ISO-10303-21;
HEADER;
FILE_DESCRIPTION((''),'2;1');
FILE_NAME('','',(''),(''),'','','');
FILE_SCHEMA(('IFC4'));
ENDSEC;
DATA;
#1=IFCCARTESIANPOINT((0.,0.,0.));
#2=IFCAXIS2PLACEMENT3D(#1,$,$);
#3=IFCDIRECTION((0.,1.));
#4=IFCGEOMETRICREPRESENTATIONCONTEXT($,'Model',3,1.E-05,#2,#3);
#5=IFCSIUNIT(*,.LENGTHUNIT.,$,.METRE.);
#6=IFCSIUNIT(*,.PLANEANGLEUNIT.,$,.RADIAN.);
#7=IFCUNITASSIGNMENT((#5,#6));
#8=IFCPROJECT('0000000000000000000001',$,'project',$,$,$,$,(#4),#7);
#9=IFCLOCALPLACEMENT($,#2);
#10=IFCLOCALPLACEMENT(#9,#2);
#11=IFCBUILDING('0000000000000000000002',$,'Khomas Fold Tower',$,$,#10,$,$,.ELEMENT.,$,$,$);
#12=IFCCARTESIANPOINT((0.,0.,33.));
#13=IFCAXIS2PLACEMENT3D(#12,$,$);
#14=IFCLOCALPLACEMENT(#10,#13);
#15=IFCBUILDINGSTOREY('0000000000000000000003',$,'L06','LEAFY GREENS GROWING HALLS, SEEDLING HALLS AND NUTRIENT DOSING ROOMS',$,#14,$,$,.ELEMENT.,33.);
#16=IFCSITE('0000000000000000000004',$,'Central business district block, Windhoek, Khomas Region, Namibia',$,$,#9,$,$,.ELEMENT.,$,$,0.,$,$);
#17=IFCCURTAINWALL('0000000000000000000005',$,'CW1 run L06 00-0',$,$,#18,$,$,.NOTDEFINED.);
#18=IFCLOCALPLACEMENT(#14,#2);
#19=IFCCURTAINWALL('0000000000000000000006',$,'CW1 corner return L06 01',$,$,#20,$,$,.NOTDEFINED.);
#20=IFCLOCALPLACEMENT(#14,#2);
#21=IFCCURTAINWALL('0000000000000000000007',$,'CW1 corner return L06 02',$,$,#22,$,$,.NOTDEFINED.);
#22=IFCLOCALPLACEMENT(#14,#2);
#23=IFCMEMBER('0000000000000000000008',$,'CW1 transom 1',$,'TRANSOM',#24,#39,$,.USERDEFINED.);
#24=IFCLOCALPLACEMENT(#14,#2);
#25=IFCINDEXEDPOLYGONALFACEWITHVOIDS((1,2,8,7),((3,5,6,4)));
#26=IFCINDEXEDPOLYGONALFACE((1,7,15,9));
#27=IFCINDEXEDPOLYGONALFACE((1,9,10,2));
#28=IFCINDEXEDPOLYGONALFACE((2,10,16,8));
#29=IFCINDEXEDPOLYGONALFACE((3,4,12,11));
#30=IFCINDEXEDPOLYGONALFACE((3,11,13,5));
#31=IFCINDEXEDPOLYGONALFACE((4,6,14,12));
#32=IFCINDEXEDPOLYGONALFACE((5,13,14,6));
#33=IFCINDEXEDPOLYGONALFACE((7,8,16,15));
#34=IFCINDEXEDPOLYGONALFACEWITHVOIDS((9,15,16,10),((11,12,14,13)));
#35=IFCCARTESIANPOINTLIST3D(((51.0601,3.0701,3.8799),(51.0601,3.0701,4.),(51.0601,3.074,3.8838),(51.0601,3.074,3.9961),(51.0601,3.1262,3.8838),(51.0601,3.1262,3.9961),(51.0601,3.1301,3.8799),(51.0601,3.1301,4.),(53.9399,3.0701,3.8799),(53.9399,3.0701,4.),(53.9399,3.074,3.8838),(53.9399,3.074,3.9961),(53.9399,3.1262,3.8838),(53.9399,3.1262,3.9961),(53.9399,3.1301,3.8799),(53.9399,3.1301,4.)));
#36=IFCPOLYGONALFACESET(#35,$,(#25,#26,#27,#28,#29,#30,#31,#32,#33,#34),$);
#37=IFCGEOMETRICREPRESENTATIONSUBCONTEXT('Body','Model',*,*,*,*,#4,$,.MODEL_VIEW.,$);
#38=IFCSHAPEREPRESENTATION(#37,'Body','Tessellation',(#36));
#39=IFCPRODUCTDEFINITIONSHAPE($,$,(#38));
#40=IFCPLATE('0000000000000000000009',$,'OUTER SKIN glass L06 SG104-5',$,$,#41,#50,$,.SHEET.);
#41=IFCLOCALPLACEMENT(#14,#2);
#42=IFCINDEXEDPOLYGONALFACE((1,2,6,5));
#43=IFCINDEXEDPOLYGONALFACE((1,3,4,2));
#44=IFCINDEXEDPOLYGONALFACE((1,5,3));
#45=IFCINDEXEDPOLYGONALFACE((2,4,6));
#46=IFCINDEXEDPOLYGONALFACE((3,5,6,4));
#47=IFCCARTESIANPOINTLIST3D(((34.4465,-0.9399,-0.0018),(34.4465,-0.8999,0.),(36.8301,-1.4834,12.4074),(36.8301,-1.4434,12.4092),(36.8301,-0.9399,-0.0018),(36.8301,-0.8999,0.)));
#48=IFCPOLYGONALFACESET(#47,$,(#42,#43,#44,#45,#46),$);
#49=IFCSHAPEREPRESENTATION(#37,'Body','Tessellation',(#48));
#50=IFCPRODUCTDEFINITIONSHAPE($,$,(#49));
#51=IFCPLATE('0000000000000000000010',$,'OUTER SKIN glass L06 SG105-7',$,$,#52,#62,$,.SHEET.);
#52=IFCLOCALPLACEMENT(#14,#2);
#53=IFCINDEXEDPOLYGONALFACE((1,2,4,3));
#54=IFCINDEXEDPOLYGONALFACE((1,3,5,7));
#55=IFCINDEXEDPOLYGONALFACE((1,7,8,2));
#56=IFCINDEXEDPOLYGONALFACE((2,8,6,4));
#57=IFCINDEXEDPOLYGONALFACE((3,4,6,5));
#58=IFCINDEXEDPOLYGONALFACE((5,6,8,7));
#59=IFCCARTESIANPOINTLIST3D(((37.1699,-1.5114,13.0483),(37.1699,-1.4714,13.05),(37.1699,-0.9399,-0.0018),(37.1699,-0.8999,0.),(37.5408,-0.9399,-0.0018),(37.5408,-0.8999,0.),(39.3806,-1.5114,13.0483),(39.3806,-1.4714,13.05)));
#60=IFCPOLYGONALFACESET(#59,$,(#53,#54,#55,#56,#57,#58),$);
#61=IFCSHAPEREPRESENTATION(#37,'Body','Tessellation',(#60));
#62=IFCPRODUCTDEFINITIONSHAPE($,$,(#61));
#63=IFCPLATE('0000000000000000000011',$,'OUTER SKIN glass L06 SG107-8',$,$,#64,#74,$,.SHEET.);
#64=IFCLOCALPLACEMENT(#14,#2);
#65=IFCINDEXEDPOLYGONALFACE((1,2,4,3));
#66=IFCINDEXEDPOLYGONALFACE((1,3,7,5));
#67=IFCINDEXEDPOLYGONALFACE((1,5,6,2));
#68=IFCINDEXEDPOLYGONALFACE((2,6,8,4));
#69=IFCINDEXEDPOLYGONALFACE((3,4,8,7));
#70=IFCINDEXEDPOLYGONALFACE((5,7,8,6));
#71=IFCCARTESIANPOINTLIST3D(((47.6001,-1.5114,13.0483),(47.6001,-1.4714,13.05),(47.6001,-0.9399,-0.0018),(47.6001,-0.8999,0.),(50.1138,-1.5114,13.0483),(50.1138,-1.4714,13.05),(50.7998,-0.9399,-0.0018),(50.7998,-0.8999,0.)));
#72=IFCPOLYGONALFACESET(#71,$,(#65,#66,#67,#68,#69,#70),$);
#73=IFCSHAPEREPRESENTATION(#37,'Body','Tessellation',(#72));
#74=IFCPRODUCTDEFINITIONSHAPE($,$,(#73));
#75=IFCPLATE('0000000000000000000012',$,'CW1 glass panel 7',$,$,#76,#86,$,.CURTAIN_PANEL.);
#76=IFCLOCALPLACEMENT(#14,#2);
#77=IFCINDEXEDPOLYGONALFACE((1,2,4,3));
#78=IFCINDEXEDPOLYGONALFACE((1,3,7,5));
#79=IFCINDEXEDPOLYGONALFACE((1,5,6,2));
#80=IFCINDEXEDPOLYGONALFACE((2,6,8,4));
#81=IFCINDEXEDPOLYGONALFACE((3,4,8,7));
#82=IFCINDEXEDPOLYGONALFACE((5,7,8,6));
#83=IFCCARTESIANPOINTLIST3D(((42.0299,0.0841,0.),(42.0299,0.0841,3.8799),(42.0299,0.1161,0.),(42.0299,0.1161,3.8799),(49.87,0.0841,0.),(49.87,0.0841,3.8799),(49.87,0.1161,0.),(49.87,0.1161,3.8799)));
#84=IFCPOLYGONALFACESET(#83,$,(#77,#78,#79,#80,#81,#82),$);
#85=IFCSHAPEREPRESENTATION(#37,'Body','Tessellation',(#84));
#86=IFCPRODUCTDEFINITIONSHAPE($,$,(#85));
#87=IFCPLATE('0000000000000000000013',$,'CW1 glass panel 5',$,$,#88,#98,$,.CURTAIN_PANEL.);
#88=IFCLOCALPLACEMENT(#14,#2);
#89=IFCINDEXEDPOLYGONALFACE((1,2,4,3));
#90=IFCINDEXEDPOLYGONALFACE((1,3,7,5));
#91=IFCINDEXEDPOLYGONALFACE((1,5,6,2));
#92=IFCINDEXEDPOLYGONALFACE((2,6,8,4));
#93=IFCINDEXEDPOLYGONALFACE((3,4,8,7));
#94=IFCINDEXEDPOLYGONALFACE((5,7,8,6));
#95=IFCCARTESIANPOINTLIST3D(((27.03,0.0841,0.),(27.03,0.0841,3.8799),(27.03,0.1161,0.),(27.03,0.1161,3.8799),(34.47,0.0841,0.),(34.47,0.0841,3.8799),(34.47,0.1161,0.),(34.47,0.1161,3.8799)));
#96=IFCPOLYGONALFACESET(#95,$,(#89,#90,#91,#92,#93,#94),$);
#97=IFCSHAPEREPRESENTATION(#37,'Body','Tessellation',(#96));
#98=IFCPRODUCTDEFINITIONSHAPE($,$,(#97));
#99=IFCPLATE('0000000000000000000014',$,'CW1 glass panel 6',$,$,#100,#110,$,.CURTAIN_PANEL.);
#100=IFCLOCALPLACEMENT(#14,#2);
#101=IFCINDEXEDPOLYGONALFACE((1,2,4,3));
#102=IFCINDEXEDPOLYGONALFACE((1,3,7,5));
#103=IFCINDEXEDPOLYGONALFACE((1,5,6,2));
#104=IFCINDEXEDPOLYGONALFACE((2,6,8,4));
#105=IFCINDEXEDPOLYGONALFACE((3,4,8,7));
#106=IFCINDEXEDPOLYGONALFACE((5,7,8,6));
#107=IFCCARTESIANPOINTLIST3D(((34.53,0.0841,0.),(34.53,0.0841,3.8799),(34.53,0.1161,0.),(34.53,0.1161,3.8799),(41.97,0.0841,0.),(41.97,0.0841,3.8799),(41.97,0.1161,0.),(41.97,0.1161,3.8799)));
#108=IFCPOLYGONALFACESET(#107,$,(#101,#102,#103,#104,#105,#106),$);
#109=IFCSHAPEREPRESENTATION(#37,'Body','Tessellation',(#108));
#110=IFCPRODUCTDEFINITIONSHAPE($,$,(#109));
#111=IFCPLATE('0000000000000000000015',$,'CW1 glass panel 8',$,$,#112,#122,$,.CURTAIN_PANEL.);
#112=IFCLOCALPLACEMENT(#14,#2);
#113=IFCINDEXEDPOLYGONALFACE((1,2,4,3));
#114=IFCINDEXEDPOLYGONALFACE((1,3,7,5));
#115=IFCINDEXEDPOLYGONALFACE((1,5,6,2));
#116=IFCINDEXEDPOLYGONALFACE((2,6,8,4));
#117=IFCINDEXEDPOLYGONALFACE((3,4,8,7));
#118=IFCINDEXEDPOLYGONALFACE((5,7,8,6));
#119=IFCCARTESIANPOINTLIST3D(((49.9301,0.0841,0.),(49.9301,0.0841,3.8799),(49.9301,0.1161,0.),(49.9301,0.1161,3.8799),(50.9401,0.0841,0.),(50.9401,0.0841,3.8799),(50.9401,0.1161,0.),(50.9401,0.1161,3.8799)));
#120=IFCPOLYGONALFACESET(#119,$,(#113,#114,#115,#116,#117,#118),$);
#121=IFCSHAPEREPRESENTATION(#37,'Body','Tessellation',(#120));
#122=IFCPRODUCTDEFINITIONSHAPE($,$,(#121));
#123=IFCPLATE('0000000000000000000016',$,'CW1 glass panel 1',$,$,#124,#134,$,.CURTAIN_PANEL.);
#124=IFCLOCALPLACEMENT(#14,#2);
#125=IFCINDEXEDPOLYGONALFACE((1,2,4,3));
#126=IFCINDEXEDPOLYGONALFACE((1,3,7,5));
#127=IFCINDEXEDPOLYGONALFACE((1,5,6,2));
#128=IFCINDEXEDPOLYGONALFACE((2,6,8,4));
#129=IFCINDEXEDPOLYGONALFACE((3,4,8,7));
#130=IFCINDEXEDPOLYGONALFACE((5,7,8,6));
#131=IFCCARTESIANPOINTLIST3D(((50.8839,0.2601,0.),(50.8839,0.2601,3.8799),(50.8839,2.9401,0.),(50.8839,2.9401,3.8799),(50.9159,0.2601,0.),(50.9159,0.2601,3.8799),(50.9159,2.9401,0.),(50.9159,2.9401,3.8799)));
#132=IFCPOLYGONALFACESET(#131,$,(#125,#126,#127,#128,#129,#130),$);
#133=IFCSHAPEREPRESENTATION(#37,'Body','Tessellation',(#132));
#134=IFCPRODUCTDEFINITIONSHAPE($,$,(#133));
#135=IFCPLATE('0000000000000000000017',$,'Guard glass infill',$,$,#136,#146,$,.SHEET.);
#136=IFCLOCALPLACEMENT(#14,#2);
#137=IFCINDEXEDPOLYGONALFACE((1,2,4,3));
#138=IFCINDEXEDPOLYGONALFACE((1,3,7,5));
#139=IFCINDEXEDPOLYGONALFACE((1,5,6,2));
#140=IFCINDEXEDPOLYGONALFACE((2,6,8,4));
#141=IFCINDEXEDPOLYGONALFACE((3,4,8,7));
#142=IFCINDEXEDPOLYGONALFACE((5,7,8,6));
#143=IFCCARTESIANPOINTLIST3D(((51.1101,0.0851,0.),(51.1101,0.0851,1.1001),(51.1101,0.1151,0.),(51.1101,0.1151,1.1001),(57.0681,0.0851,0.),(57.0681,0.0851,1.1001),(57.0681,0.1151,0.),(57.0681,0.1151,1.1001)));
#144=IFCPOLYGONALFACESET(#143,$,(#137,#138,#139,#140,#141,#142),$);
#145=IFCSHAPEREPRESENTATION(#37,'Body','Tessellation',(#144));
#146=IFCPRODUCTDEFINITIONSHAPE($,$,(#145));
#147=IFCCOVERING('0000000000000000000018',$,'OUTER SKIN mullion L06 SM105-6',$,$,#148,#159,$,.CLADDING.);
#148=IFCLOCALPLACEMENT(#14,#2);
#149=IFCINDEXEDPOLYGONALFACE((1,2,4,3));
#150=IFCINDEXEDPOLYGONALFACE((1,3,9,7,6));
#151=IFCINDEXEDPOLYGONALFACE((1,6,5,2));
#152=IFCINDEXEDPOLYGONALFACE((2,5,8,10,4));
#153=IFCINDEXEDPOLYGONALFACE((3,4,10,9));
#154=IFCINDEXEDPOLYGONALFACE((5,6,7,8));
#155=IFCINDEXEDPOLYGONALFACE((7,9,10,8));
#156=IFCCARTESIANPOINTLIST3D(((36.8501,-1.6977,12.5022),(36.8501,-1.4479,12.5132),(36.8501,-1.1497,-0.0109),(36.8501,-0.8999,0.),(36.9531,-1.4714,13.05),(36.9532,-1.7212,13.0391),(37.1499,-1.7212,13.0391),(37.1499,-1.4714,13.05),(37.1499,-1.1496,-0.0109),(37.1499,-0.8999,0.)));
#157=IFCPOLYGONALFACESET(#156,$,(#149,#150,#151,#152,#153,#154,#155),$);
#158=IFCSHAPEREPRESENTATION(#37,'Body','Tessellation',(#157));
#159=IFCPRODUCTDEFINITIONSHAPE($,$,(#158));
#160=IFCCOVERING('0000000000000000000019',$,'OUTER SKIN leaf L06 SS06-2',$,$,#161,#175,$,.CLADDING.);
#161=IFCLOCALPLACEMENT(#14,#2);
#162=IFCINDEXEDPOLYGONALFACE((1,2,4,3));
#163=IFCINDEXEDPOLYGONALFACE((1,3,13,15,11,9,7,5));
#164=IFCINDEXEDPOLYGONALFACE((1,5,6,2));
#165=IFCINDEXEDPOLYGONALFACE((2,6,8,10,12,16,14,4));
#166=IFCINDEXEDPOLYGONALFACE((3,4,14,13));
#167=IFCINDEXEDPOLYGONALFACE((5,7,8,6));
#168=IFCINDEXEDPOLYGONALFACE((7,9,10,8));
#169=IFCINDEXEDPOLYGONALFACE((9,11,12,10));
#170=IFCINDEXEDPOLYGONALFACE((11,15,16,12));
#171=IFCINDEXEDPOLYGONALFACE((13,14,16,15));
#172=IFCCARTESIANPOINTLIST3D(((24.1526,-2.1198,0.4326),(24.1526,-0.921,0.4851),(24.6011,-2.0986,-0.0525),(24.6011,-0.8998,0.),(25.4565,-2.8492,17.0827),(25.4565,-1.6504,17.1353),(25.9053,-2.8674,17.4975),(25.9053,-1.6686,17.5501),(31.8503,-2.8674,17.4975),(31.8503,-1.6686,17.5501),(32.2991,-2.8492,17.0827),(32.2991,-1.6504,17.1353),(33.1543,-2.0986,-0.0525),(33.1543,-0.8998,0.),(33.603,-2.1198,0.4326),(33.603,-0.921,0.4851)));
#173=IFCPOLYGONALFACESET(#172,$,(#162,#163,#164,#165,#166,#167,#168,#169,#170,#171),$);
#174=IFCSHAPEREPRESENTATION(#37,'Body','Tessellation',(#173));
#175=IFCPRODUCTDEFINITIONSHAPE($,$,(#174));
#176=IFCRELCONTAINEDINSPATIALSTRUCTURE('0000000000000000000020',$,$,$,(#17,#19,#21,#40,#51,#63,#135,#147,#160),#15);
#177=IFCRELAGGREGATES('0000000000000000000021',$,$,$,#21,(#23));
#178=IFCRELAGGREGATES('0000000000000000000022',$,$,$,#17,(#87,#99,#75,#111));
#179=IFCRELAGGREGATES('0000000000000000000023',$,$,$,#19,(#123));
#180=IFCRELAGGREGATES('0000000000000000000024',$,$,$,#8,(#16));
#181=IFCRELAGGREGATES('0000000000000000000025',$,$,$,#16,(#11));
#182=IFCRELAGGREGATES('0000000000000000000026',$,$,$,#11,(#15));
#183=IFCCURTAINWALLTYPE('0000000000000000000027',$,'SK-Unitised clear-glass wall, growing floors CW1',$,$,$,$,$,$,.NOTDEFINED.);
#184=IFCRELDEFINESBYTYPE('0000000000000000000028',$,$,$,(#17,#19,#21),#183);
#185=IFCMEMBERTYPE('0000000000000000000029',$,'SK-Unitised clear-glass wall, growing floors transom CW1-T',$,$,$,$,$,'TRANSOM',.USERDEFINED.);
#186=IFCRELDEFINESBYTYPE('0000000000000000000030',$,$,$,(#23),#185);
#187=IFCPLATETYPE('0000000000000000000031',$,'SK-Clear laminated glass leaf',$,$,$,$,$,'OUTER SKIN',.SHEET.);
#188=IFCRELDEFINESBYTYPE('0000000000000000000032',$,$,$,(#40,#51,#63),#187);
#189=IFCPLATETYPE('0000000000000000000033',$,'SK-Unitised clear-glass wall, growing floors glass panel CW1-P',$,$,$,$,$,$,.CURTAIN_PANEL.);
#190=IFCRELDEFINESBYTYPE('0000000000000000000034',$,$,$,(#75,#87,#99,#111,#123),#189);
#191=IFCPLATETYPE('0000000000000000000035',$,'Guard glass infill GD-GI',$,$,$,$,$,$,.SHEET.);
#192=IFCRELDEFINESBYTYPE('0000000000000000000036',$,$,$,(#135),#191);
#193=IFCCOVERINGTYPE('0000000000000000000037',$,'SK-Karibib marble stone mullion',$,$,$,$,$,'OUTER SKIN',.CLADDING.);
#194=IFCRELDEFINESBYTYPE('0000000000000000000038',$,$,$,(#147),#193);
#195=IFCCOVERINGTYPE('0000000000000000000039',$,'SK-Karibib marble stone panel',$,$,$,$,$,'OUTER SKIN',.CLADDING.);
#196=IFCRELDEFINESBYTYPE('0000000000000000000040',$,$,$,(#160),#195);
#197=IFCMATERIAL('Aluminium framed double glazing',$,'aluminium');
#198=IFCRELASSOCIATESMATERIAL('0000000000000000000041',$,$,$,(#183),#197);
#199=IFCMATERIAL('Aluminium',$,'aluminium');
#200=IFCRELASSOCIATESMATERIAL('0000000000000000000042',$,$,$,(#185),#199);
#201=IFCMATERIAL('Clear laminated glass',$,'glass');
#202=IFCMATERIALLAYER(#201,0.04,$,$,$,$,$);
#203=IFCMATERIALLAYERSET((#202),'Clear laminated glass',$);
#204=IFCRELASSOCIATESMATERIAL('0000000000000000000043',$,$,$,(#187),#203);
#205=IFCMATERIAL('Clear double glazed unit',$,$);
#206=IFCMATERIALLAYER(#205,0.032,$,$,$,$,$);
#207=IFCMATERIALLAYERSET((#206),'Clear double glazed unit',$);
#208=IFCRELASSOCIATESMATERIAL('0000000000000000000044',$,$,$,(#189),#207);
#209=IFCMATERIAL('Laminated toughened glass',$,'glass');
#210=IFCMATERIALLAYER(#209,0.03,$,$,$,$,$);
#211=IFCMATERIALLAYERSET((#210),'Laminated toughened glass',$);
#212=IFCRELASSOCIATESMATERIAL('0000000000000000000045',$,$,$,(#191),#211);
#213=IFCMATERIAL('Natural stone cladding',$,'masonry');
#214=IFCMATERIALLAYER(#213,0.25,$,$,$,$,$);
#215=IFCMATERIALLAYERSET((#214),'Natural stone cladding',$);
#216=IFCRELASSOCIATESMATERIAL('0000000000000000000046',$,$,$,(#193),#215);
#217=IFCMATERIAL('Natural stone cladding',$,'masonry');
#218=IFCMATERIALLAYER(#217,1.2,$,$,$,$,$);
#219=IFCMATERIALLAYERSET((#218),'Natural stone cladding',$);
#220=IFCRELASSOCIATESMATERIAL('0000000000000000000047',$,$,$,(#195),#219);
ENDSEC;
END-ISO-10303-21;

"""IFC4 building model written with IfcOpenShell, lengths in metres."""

from ifc_helpers import new_model, si_unit, direction, frame, origin, origin_2d, place, context, subcontext, project, spatial, polyline, rectangle, hollow_rectangle, outline, extrude, source, transform, mapped, material, layer, layer_set, material_profile, profile_set, type_object, element, aggregate, save


model = new_model("IFC4")

# Units and contexts
model_context = context("Model", 3, precision=1e-05, world=origin(), true_north=direction((0.0, 1.0)))
body_context = subcontext(model_context, "Body", "Model", "MODEL_VIEW")
ifc_project = project(units=[si_unit("LENGTHUNIT", "METRE"), si_unit("PLANEANGLEUNIT", "RADIAN")], contexts=[model_context])

# Site, building, storey
site_placement = place(None, origin())
site = spatial("IfcSite", under=ifc_project, at=site_placement, Name="Central business district block, Windhoek, Khomas Region, Namibia", CompositionType="ELEMENT", RefElevation=0.0)
building_placement = place(site_placement, origin())
building = spatial("IfcBuilding", under=site, at=building_placement, Name="Khomas Fold Tower", CompositionType="ELEMENT")
storey_placement = place(building_placement, frame((0.0, 0.0, 33.0)))
storey = spatial("IfcBuildingStorey", under=building, at=storey_placement, Name="L06", Description="LEAFY GREENS GROWING HALLS, SEEDLING HALLS AND NUTRIENT DOSING ROOMS", CompositionType="ELEMENT", Elevation=33.0)

# Curtain walls
ifc_material_1 = material(Name="Aluminium framed double glazing", Category="aluminium")
curtain_wall_type = type_object("IfcCurtainWallType", Name="SK-Unitised clear-glass wall, growing floors CW1", PredefinedType="NOTDEFINED", material=ifc_material_1)
curtain_wall_1_placement = place(storey_placement, origin())
curtain_wall_1 = element("IfcCurtainWall", 1, at=curtain_wall_1_placement, inside=storey, type_object=curtain_wall_type, Name="CW1 run L06 00-0", PredefinedType="NOTDEFINED")
curtain_wall_2_placement = place(storey_placement, origin())
curtain_wall_2 = element("IfcCurtainWall", 2, at=curtain_wall_2_placement, inside=storey, type_object=curtain_wall_type, Name="CW1 corner return L06 01", PredefinedType="NOTDEFINED")

# Curtain wall
curtain_wall_3_placement = place(storey_placement, origin())
curtain_wall_3 = element("IfcCurtainWall", 3, at=curtain_wall_3_placement, inside=storey, type_object=curtain_wall_type, Name="CW1 corner return L06 02", PredefinedType="NOTDEFINED")

# Member
ifc_material_2 = material(Name="Aluminium", Category="aluminium")
ifc_material_profile_1 = material_profile(ifc_material_2, hollow_rectangle(XDim=0.0601, YDim=0.1201, WallThickness=0.0039, at=origin_2d()), Name="SK-Unitised clear-glass wall, growing floors transom CW1-T")
ifc_profile_set_1 = profile_set([ifc_material_profile_1], Name="Aluminium")
member_type_1 = type_object("IfcMemberType", Name="SK-Unitised clear-glass wall, growing floors transom CW1-T", ElementType="TRANSOM", PredefinedType="USERDEFINED", material=ifc_profile_set_1)
shared_shape_1 = source(origin(), body_context, "Body", "SweptSolid", [
    extrude(hollow_rectangle(XDim=0.0601, YDim=0.1201, WallThickness=0.0039, at=origin_2d()), origin(), (0.0, 0.0, 1.0), 2.8799),
])
member_1_placement = place(storey_placement, frame((51.0601, 3.1001, 3.9399), z_axis=(1.0, 0.0, 0.0), x_axis=(0.0, 1.0, 0.0)))
member_1 = element("IfcMember", 4, at=member_1_placement, type_object=member_type_1, Name="CW1 transom 1", ObjectType="TRANSOM", PredefinedType="USERDEFINED", context=body_context, shape_type="MappedRepresentation", body=[
    mapped(shared_shape_1, transform((0.0, 0.0, 0.0))),
])
aggregate(curtain_wall_3, [member_1])

# Plates
ifc_material_3 = material(Name="Clear laminated glass", Category="glass")
ifc_layer_1 = layer(ifc_material_3, 0.04)
ifc_layer_set_1 = layer_set([ifc_layer_1], Name="Clear laminated glass")
plate_type_1 = type_object("IfcPlateType", Name="SK-Clear laminated glass leaf", ElementType="OUTER SKIN", PredefinedType="SHEET", material=ifc_layer_set_1)
plate_1_placement = place(storey_placement, frame((34.4465, -0.8999, 0.0), z_axis=(0.0, 0.999042, 0.043753), x_axis=(0.188457, -0.042969, 0.981141)))
element("IfcPlate", 5, at=plate_1_placement, inside=storey, type_object=plate_type_1, Name="OUTER SKIN glass L06 SG104-5", PredefinedType="SHEET", context=body_context, shape_type="SweptSolid", body=[
    extrude(outline(polyline([(0.0, 0.0), (12.6477, 0.0), (0.4492, 2.3408), (0.0, 0.0)])), origin(), (0.0, 0.0, -1.0), 0.04),
])
plate_2_placement = place(storey_placement, frame((37.5408, -0.8999, 0.0), z_axis=(0.0, 0.999042, 0.043754), x_axis=(-1.0, 0.0, 0.0)))
element("IfcPlate", 6, at=plate_2_placement, inside=storey, type_object=plate_type_1, Name="OUTER SKIN glass L06 SG105-7", PredefinedType="SHEET", context=body_context, shape_type="SweptSolid", body=[
    extrude(outline(polyline([(0.0, 0.0), (0.3708, 0.0), (0.3708, 13.0626), (-1.8398, 13.0626), (0.0, 0.0)])), origin(), (0.0, 0.0, -1.0), 0.04),
])
plate_3_placement = place(storey_placement, frame((50.7998, -0.8999, 0.0), z_axis=(0.0, 0.999042, 0.043754), x_axis=(-1.0, 0.0, 0.0)))
element("IfcPlate", 7, at=plate_3_placement, inside=storey, type_object=plate_type_1, Name="OUTER SKIN glass L06 SG107-8", PredefinedType="SHEET", context=body_context, shape_type="SweptSolid", body=[
    extrude(outline(polyline([(0.0, 0.0), (3.1997, 0.0), (3.1997, 13.0626), (0.686, 13.0626), (0.0, 0.0)])), origin(), (0.0, 0.0, -1.0), 0.04),
])

# Plates
ifc_material_4 = material(Name="Clear double glazed unit")
ifc_layer_2 = layer(ifc_material_4, 0.032)
ifc_layer_set_2 = layer_set([ifc_layer_2], Name="Clear double glazed unit")
plate_type_2 = type_object("IfcPlateType", Name="SK-Unitised clear-glass wall, growing floors glass panel CW1-P", PredefinedType="CURTAIN_PANEL", material=ifc_layer_set_2)
shared_shape_2 = source(origin(), body_context, "Body", "SweptSolid", [
    extrude(rectangle(XDim=7.8401, YDim=0.032, at=origin_2d()), origin(), (0.0, 0.0, 1.0), 3.8799),
])
plate_4_placement = place(storey_placement, frame((45.95, 0.1001, 0.0), z_axis=(0.0, 0.0, 1.0), x_axis=(1.0, 0.0, 0.0)))
plate_4 = element("IfcPlate", 8, at=plate_4_placement, type_object=plate_type_2, Name="CW1 glass panel 7", PredefinedType="CURTAIN_PANEL", context=body_context, shape_type="MappedRepresentation", body=[
    mapped(shared_shape_2, transform((0.0, 0.0, 0.0))),
])
shared_shape_3 = source(origin(), body_context, "Body", "SweptSolid", [
    extrude(rectangle(XDim=7.4399, YDim=0.032, at=origin_2d()), origin(), (0.0, 0.0, 1.0), 3.8799),
])
plate_5_placement = place(storey_placement, frame((30.75, 0.1001, 0.0), z_axis=(0.0, 0.0, 1.0), x_axis=(1.0, 0.0, 0.0)))
plate_5 = element("IfcPlate", 9, at=plate_5_placement, type_object=plate_type_2, Name="CW1 glass panel 5", PredefinedType="CURTAIN_PANEL", context=body_context, shape_type="MappedRepresentation", body=[
    mapped(shared_shape_3, transform((0.0, 0.0, 0.0))),
])
plate_6_placement = place(storey_placement, frame((38.25, 0.1001, 0.0), z_axis=(0.0, 0.0, 1.0), x_axis=(1.0, 0.0, 0.0)))
plate_6 = element("IfcPlate", 10, at=plate_6_placement, type_object=plate_type_2, Name="CW1 glass panel 6", PredefinedType="CURTAIN_PANEL", context=body_context, shape_type="MappedRepresentation", body=[
    mapped(shared_shape_3, transform((0.0, 0.0, 0.0))),
])
shared_shape_4 = source(origin(), body_context, "Body", "SweptSolid", [
    extrude(rectangle(XDim=1.01, YDim=0.032, at=origin_2d()), origin(), (0.0, 0.0, 1.0), 3.8799),
])
plate_7_placement = place(storey_placement, frame((50.4351, 0.1001, 0.0), z_axis=(0.0, 0.0, 1.0), x_axis=(1.0, 0.0, 0.0)))
plate_7 = element("IfcPlate", 11, at=plate_7_placement, type_object=plate_type_2, Name="CW1 glass panel 8", PredefinedType="CURTAIN_PANEL", context=body_context, shape_type="MappedRepresentation", body=[
    mapped(shared_shape_4, transform((0.0, 0.0, 0.0))),
])
aggregate(curtain_wall_1, [plate_5, plate_6, plate_4, plate_7])
shared_shape_5 = source(origin(), body_context, "Body", "SweptSolid", [
    extrude(rectangle(XDim=2.6799, YDim=0.032, at=origin_2d()), origin(), (0.0, 0.0, 1.0), 3.8799),
])
plate_8_placement = place(storey_placement, frame((50.8999, 1.6001, 0.0), z_axis=(0.0, 0.0, 1.0), x_axis=(0.0, 1.0, 0.0)))
plate_8 = element("IfcPlate", 12, at=plate_8_placement, type_object=plate_type_2, Name="CW1 glass panel 1", PredefinedType="CURTAIN_PANEL", context=body_context, shape_type="MappedRepresentation", body=[
    mapped(shared_shape_5, transform((0.0, 0.0, 0.0))),
])
aggregate(curtain_wall_2, [plate_8])
ifc_material_5 = material(Name="Laminated toughened glass", Category="glass")
ifc_layer_3 = layer(ifc_material_5, 0.03)
ifc_layer_set_3 = layer_set([ifc_layer_3], Name="Laminated toughened glass")
plate_type_3 = type_object("IfcPlateType", Name="Guard glass infill GD-GI", PredefinedType="SHEET", material=ifc_layer_set_3)
shared_shape_6 = source(origin(), body_context, "Body", "SweptSolid", [
    extrude(rectangle(XDim=5.958, YDim=0.03, at=origin_2d()), origin(), (0.0, 0.0, 1.0), 1.1001),
])
plate_9_placement = place(storey_placement, frame((54.0891, 0.1001, 0.0), z_axis=(0.0, 0.0, 1.0), x_axis=(-1.0, 0.0, 0.0)))
element("IfcPlate", 13, at=plate_9_placement, inside=storey, type_object=plate_type_3, Name="Guard glass infill", PredefinedType="SHEET", context=body_context, shape_type="MappedRepresentation", body=[
    mapped(shared_shape_6, transform((0.0, 0.0, 0.0))),
])

# Coverings
ifc_material_6 = material(Name="Natural stone cladding", Category="masonry")
ifc_layer_4 = layer(ifc_material_6, 0.25)
ifc_layer_set_4 = layer_set([ifc_layer_4], Name="Natural stone cladding")
covering_type_1 = type_object("IfcCoveringType", Name="SK-Karibib marble stone mullion", ElementType="OUTER SKIN", PredefinedType="CLADDING", material=ifc_layer_set_4)
covering_1_placement = place(storey_placement, frame((36.8501, -0.8999, 0.0), z_axis=(-0.000125, 0.999042, 0.043755), x_axis=(0.0, -0.043755, 0.999042)))
element("IfcCovering", 14, at=covering_1_placement, inside=storey, type_object=covering_type_1, Name="OUTER SKIN mullion L06 SM105-6", PredefinedType="CLADDING", context=body_context, shape_type="SweptSolid", body=[
    extrude(outline(polyline([(0.0, 0.0), (12.5252, 0.0), (13.0626, 0.103), (13.0626, 0.2998), (0.0, 0.2998), (0.0, 0.0)])), origin(), (0.0, 0.0, -1.0), 0.25),
])
ifc_material_7 = material(Name="Natural stone cladding", Category="masonry")
ifc_layer_5 = layer(ifc_material_7, 1.2)
ifc_layer_set_5 = layer_set([ifc_layer_5], Name="Natural stone cladding")
covering_type_2 = type_object("IfcCoveringType", Name="SK-Karibib marble stone panel", ElementType="OUTER SKIN", PredefinedType="CLADDING", material=ifc_layer_set_5)
covering_2_placement = place(storey_placement, frame((32.2991, -1.6504, 17.1353), z_axis=(0.0, 0.999042, 0.043762), x_axis=(0.078002, 0.043629, -0.995998)))
element("IfcCovering", 15, at=covering_2_placement, inside=storey, type_object=covering_type_2, Name="OUTER SKIN leaf L06 SS06-2", PredefinedType="CLADDING", context=body_context, shape_type="SweptSolid", body=[
    extrude(outline(polyline([(0.0, 0.0), (16.717, 0.0), (17.1661, 0.4852), (16.499, 9.0124), (15.9799, 9.4216), (-0.5337, 6.8217), (-0.9127, 6.3419), (-0.4489, 0.415), (0.0, 0.0)])), origin(), (0.0, 0.0, -1.0), 1.2),
])

save(model, "model.ifc")
